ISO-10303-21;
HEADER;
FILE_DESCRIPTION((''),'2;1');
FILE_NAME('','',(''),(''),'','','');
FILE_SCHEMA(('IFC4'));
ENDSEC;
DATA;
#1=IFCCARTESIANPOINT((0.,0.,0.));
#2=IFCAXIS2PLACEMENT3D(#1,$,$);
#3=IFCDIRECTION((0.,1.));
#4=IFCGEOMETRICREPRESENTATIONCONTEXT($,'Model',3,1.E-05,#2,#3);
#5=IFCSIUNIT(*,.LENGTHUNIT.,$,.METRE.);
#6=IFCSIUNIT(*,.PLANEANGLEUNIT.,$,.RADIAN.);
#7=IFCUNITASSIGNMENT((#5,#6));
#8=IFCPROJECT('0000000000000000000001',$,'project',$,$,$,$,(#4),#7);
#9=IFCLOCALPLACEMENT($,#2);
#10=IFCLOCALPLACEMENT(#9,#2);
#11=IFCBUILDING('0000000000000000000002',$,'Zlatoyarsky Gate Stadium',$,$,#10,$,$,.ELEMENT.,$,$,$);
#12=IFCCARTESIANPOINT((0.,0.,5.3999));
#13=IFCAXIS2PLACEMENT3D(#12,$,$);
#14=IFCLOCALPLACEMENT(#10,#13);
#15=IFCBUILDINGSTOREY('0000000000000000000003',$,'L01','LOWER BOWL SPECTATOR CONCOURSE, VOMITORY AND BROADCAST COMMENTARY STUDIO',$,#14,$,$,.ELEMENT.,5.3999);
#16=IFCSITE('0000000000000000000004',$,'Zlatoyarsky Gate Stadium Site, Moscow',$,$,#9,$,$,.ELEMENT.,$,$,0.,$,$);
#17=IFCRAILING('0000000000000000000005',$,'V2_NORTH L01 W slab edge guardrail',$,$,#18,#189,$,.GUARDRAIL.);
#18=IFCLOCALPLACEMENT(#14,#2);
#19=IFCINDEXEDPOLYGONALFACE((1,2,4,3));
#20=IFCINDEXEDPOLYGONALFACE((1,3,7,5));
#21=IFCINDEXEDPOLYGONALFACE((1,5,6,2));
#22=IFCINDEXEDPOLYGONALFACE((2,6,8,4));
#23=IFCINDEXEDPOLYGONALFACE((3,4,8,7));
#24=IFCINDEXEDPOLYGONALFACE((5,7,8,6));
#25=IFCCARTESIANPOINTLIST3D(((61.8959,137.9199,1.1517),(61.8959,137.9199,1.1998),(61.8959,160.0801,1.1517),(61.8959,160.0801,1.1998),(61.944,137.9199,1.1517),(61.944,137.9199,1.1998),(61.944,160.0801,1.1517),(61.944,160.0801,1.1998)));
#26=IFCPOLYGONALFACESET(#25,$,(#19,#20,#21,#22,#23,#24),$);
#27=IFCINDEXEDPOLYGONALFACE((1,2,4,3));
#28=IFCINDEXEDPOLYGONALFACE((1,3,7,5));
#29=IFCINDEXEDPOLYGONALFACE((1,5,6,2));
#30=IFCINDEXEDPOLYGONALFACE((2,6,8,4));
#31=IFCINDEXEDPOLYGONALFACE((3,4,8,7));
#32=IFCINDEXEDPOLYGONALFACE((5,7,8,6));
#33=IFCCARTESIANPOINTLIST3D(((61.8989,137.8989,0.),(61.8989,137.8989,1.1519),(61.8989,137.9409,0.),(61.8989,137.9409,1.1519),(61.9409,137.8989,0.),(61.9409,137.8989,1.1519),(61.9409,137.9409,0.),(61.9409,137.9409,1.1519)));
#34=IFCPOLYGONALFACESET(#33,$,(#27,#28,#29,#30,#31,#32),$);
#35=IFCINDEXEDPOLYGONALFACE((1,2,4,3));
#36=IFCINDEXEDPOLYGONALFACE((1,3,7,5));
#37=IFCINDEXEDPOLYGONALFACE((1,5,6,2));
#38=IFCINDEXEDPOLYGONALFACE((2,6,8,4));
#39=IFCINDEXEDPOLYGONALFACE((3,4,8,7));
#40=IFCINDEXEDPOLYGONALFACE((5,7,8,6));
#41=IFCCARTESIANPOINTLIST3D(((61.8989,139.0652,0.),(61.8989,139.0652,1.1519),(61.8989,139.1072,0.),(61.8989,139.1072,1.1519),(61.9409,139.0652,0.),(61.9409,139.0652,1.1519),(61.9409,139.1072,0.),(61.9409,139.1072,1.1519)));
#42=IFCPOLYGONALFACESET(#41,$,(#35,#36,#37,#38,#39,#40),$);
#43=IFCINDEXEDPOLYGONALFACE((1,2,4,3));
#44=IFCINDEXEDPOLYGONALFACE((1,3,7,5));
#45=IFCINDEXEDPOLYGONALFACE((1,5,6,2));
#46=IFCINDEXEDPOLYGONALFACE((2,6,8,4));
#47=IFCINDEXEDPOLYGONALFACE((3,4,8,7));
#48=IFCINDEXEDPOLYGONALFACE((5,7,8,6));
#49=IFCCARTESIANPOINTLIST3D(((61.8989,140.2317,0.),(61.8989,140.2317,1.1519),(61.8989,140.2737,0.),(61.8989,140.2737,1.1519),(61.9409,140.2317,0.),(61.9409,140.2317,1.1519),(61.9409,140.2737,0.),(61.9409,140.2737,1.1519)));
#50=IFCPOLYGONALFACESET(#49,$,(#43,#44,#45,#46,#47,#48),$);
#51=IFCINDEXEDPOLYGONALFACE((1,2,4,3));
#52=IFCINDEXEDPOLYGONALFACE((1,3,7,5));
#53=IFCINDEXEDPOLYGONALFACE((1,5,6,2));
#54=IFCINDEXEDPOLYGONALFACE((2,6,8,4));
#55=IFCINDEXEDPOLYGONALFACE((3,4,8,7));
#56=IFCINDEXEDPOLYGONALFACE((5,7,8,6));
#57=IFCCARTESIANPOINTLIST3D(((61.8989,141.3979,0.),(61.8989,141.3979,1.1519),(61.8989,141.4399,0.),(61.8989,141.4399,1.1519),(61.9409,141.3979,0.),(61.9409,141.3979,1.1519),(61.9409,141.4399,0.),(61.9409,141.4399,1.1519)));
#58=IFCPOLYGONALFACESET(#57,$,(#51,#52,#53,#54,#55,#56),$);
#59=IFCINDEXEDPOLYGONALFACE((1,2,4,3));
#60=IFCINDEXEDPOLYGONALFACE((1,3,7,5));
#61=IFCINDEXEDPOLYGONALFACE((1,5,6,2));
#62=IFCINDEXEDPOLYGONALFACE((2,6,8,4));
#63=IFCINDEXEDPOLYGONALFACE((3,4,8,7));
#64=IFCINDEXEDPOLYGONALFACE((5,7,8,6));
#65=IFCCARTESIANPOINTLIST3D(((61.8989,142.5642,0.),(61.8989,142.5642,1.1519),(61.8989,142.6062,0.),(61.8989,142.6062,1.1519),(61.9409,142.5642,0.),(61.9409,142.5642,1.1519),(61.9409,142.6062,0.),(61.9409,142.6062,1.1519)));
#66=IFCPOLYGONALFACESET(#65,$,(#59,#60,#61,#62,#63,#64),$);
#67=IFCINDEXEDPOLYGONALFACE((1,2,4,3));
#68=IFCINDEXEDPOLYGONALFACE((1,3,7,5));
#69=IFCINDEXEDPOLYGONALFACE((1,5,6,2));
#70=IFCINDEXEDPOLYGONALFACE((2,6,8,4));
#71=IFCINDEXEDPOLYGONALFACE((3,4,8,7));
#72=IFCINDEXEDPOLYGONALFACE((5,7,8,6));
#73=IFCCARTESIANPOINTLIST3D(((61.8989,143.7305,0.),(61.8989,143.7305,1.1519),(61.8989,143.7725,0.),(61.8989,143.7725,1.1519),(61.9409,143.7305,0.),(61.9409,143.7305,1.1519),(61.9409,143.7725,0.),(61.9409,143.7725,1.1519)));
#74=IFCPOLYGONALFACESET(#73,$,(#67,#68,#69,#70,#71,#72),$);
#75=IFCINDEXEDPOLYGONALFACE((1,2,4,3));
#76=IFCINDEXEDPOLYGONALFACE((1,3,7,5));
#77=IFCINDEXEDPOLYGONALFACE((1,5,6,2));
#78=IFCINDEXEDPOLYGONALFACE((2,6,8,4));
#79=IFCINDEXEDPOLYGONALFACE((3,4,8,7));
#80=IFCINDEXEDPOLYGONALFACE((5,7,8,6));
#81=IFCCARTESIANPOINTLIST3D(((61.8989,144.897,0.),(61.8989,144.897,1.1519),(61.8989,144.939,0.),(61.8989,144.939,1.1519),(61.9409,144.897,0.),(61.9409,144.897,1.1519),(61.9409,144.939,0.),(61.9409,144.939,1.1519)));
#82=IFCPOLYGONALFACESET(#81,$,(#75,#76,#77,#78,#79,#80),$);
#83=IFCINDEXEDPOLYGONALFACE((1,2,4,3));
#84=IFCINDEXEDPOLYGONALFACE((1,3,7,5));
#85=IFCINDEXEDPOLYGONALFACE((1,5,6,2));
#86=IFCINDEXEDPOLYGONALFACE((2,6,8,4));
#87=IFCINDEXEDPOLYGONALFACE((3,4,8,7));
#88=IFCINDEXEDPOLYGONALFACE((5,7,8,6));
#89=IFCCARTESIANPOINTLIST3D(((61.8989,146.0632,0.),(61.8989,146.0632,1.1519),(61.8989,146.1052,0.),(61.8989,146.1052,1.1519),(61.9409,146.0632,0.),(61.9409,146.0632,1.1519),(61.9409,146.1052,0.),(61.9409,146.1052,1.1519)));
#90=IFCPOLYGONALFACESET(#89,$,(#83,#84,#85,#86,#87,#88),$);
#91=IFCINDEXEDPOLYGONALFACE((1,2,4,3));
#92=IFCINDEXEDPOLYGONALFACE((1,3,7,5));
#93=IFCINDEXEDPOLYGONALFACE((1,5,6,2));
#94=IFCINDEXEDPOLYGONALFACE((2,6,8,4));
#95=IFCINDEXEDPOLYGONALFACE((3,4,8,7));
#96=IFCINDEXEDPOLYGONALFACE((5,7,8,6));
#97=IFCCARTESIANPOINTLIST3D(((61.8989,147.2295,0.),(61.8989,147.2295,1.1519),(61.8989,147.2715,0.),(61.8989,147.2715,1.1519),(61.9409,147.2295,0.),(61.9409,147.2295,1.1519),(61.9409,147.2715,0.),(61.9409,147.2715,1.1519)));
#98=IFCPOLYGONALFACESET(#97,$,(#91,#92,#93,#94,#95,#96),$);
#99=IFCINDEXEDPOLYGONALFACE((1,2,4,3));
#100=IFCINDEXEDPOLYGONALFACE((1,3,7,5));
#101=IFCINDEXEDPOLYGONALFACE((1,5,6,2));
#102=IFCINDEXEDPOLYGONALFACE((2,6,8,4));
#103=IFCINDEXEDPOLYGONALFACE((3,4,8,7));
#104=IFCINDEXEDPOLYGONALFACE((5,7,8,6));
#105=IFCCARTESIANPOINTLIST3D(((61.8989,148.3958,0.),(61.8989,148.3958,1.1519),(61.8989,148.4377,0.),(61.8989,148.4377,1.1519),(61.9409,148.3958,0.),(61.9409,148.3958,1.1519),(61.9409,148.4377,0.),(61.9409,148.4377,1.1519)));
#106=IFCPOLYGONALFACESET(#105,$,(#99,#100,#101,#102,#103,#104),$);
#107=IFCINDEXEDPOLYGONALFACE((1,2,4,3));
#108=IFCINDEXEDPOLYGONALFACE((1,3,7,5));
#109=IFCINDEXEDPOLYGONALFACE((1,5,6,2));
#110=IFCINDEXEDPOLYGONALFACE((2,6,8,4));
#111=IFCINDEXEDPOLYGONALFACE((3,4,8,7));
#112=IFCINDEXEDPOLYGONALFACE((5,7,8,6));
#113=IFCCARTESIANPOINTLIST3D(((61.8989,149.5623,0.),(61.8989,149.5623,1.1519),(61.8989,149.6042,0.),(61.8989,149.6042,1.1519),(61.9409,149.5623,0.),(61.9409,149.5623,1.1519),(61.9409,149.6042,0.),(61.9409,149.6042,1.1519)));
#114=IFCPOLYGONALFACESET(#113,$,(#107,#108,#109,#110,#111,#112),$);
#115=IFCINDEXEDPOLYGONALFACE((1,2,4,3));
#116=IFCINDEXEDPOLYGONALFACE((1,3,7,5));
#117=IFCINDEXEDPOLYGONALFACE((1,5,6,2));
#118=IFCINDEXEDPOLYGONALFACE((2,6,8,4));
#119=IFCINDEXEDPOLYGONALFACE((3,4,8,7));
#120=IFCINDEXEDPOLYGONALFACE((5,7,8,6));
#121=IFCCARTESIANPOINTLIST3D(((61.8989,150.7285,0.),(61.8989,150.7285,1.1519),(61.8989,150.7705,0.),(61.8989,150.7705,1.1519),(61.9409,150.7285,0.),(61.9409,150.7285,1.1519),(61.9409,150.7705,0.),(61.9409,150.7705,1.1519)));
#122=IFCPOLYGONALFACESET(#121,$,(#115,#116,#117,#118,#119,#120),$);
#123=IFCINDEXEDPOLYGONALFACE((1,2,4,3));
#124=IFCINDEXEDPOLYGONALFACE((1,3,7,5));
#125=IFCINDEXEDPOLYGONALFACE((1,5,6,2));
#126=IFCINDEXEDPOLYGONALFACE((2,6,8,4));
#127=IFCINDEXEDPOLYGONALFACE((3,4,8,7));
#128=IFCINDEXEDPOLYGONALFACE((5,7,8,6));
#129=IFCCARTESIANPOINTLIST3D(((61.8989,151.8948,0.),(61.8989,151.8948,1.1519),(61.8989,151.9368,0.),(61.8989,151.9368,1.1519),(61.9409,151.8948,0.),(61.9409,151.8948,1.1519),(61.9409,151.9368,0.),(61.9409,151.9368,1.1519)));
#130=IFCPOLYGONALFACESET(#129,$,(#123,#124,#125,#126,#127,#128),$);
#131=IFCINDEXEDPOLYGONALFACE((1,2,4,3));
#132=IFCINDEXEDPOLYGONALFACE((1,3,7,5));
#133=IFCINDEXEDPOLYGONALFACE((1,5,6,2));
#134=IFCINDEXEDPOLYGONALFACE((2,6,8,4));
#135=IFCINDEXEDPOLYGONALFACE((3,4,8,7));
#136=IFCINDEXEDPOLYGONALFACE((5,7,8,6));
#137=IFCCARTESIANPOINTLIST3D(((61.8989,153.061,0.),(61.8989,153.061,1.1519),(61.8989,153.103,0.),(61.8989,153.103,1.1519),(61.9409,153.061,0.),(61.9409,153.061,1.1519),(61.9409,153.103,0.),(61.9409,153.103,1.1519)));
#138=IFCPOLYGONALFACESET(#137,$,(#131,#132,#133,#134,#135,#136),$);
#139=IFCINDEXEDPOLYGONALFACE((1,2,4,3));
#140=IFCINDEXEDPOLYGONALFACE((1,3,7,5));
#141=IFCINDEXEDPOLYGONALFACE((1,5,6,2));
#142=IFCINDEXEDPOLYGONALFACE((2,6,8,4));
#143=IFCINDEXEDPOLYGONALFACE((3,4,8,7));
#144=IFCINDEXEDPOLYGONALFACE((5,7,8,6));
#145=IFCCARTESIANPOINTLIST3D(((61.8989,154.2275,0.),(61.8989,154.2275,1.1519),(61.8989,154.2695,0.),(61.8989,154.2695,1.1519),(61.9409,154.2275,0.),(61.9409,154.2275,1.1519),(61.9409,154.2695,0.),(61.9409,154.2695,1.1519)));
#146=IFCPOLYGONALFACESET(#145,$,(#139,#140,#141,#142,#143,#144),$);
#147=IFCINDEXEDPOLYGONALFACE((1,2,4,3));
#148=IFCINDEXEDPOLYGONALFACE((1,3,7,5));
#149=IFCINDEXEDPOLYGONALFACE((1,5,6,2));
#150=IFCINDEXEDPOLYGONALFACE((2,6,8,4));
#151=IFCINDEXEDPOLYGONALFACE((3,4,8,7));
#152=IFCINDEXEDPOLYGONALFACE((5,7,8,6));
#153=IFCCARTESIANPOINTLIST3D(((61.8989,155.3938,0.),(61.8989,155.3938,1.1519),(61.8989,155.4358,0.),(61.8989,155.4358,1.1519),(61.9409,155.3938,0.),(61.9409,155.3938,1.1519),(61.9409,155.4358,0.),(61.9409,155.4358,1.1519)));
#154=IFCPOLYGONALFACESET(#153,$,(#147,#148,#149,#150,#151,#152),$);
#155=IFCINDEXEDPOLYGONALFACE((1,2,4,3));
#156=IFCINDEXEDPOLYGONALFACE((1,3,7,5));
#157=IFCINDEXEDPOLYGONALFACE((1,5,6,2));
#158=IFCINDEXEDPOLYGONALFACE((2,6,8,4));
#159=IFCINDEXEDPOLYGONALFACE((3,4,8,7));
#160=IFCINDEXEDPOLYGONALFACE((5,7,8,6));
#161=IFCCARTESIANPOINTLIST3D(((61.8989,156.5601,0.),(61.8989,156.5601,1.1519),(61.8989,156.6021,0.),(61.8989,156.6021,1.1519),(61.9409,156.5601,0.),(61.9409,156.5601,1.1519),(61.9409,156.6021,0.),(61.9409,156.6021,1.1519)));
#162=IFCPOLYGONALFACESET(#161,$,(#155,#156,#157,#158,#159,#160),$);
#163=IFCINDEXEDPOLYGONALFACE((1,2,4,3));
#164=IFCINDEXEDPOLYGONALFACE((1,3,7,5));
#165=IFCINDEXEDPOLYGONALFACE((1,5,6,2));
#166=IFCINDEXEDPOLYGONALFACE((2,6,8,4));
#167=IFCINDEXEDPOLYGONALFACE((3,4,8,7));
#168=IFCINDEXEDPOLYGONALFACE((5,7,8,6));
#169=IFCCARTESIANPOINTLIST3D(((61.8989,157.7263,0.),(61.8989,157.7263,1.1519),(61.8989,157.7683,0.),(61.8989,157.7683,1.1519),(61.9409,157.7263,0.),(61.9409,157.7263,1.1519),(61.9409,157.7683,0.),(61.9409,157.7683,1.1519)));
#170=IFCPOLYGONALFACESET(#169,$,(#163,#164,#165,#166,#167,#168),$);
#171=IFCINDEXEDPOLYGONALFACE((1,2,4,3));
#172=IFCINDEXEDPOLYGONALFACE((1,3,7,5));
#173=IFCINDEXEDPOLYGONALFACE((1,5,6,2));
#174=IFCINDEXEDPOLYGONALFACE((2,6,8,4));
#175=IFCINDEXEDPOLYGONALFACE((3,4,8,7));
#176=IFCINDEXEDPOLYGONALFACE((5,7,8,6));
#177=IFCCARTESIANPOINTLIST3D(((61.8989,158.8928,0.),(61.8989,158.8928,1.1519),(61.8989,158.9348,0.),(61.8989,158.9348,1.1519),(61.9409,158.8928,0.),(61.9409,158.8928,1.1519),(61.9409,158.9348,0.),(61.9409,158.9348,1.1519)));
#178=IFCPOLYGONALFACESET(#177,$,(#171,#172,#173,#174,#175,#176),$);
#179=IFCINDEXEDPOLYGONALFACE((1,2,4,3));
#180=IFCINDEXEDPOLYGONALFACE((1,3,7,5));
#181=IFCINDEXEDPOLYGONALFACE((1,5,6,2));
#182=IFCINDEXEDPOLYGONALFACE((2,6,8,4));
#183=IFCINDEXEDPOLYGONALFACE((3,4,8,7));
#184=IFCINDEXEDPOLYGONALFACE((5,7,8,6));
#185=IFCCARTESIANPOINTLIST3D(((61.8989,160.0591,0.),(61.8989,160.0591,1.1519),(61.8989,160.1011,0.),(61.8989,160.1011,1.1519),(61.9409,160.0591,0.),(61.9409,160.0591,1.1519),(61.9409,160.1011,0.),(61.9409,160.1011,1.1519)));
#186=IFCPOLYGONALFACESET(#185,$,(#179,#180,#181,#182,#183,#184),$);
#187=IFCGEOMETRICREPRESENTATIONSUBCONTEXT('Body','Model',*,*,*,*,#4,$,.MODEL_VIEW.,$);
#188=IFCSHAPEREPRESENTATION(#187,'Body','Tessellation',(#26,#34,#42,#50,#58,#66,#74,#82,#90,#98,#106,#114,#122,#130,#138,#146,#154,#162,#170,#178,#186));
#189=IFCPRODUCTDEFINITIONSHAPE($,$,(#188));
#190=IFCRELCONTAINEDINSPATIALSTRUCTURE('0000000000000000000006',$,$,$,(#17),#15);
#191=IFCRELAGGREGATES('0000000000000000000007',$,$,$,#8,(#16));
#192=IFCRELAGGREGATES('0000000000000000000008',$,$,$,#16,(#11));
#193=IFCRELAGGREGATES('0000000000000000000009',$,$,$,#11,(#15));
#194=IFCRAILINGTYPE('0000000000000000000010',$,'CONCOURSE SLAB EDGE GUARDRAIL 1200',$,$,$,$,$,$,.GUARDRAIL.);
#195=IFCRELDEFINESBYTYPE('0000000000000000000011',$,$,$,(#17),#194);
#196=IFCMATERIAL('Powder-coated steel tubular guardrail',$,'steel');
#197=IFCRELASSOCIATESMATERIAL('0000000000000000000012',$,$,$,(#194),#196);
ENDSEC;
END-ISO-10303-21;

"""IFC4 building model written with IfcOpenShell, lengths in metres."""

from ifc_helpers import new_model, si_unit, direction, frame, origin, origin_2d, place, context, subcontext, project, spatial, rectangle, extrude, material, type_object, element, save


model = new_model("IFC4")

# Units and contexts
model_context = context("Model", 3, precision=1e-05, world=origin(), true_north=direction((0.0, 1.0)))
body_context = subcontext(model_context, "Body", "Model", "MODEL_VIEW")
ifc_project = project(units=[si_unit("LENGTHUNIT", "METRE"), si_unit("PLANEANGLEUNIT", "RADIAN")], contexts=[model_context])

# Site, building, storey
site_placement = place(None, origin())
site = spatial("IfcSite", under=ifc_project, at=site_placement, Name="Zlatoyarsky Gate Stadium Site, Moscow", CompositionType="ELEMENT", RefElevation=0.0)
building_placement = place(site_placement, origin())
building = spatial("IfcBuilding", under=site, at=building_placement, Name="Zlatoyarsky Gate Stadium", CompositionType="ELEMENT")
storey_placement = place(building_placement, frame((0.0, 0.0, 5.3999)))
storey = spatial("IfcBuildingStorey", under=building, at=storey_placement, Name="L01", Description="LOWER BOWL SPECTATOR CONCOURSE, VOMITORY AND BROADCAST COMMENTARY STUDIO", CompositionType="ELEMENT", Elevation=5.3999)

# Railing
ifc_material_1 = material(Name="Powder-coated steel tubular guardrail", Category="steel")
railing_type_1 = type_object("IfcRailingType", Name="CONCOURSE SLAB EDGE GUARDRAIL 1200", PredefinedType="GUARDRAIL", material=ifc_material_1)
railing_1_placement = place(storey_placement, frame((61.9199, 137.9199, 0.0)))
element("IfcRailing", 1, at=railing_1_placement, inside=storey, type_object=railing_type_1, Name="V2_NORTH L01 W slab edge guardrail", PredefinedType="GUARDRAIL", context=body_context, shape_type="SweptSolid", body=[
    extrude(rectangle(XDim=0.0481, YDim=0.0481, at=origin_2d()), frame((0.0, 0.0, 1.1758), z_axis=(0.0, 1.0, 0.0), x_axis=(-1.0, 0.0, 0.0)), (0.0, 0.0, 1.0), 22.1602),
    extrude(rectangle(XDim=0.042, YDim=0.042, at=origin_2d()), origin(), (0.0, 0.0, 1.0), 1.1519),
    extrude(rectangle(XDim=0.042, YDim=0.042, at=origin_2d()), frame((0.0, 1.1663, 0.0)), (0.0, 0.0, 1.0), 1.1519),
    extrude(rectangle(XDim=0.042, YDim=0.042, at=origin_2d()), frame((0.0, 2.3328, 0.0)), (0.0, 0.0, 1.0), 1.1519),
    extrude(rectangle(XDim=0.042, YDim=0.042, at=origin_2d()), frame((0.0, 3.499, 0.0)), (0.0, 0.0, 1.0), 1.1519),
    extrude(rectangle(XDim=0.042, YDim=0.042, at=origin_2d()), frame((0.0, 4.6653, 0.0)), (0.0, 0.0, 1.0), 1.1519),
    extrude(rectangle(XDim=0.042, YDim=0.042, at=origin_2d()), frame((0.0, 5.8315, 0.0)), (0.0, 0.0, 1.0), 1.1519),
    extrude(rectangle(XDim=0.042, YDim=0.042, at=origin_2d()), frame((0.0, 6.998, 0.0)), (0.0, 0.0, 1.0), 1.1519),
    extrude(rectangle(XDim=0.042, YDim=0.042, at=origin_2d()), frame((0.0, 8.1643, 0.0)), (0.0, 0.0, 1.0), 1.1519),
    extrude(rectangle(XDim=0.042, YDim=0.042, at=origin_2d()), frame((0.0, 9.3306, 0.0)), (0.0, 0.0, 1.0), 1.1519),
    extrude(rectangle(XDim=0.042, YDim=0.042, at=origin_2d()), frame((0.0, 10.4968, 0.0)), (0.0, 0.0, 1.0), 1.1519),
    extrude(rectangle(XDim=0.042, YDim=0.042, at=origin_2d()), frame((0.0, 11.6633, 0.0)), (0.0, 0.0, 1.0), 1.1519),
    extrude(rectangle(XDim=0.042, YDim=0.042, at=origin_2d()), frame((0.0, 12.8296, 0.0)), (0.0, 0.0, 1.0), 1.1519),
    extrude(rectangle(XDim=0.042, YDim=0.042, at=origin_2d()), frame((0.0, 13.9958, 0.0)), (0.0, 0.0, 1.0), 1.1519),
    extrude(rectangle(XDim=0.042, YDim=0.042, at=origin_2d()), frame((0.0, 15.1621, 0.0)), (0.0, 0.0, 1.0), 1.1519),
    extrude(rectangle(XDim=0.042, YDim=0.042, at=origin_2d()), frame((0.0, 16.3286, 0.0)), (0.0, 0.0, 1.0), 1.1519),
    extrude(rectangle(XDim=0.042, YDim=0.042, at=origin_2d()), frame((0.0, 17.4949, 0.0)), (0.0, 0.0, 1.0), 1.1519),
    extrude(rectangle(XDim=0.042, YDim=0.042, at=origin_2d()), frame((0.0, 18.6611, 0.0)), (0.0, 0.0, 1.0), 1.1519),
    extrude(rectangle(XDim=0.042, YDim=0.042, at=origin_2d()), frame((0.0, 19.8274, 0.0)), (0.0, 0.0, 1.0), 1.1519),
    extrude(rectangle(XDim=0.042, YDim=0.042, at=origin_2d()), frame((0.0, 20.9939, 0.0)), (0.0, 0.0, 1.0), 1.1519),
    extrude(rectangle(XDim=0.042, YDim=0.042, at=origin_2d()), frame((0.0, 22.1602, 0.0)), (0.0, 0.0, 1.0), 1.1519),
])

save(model, "model.ifc")
